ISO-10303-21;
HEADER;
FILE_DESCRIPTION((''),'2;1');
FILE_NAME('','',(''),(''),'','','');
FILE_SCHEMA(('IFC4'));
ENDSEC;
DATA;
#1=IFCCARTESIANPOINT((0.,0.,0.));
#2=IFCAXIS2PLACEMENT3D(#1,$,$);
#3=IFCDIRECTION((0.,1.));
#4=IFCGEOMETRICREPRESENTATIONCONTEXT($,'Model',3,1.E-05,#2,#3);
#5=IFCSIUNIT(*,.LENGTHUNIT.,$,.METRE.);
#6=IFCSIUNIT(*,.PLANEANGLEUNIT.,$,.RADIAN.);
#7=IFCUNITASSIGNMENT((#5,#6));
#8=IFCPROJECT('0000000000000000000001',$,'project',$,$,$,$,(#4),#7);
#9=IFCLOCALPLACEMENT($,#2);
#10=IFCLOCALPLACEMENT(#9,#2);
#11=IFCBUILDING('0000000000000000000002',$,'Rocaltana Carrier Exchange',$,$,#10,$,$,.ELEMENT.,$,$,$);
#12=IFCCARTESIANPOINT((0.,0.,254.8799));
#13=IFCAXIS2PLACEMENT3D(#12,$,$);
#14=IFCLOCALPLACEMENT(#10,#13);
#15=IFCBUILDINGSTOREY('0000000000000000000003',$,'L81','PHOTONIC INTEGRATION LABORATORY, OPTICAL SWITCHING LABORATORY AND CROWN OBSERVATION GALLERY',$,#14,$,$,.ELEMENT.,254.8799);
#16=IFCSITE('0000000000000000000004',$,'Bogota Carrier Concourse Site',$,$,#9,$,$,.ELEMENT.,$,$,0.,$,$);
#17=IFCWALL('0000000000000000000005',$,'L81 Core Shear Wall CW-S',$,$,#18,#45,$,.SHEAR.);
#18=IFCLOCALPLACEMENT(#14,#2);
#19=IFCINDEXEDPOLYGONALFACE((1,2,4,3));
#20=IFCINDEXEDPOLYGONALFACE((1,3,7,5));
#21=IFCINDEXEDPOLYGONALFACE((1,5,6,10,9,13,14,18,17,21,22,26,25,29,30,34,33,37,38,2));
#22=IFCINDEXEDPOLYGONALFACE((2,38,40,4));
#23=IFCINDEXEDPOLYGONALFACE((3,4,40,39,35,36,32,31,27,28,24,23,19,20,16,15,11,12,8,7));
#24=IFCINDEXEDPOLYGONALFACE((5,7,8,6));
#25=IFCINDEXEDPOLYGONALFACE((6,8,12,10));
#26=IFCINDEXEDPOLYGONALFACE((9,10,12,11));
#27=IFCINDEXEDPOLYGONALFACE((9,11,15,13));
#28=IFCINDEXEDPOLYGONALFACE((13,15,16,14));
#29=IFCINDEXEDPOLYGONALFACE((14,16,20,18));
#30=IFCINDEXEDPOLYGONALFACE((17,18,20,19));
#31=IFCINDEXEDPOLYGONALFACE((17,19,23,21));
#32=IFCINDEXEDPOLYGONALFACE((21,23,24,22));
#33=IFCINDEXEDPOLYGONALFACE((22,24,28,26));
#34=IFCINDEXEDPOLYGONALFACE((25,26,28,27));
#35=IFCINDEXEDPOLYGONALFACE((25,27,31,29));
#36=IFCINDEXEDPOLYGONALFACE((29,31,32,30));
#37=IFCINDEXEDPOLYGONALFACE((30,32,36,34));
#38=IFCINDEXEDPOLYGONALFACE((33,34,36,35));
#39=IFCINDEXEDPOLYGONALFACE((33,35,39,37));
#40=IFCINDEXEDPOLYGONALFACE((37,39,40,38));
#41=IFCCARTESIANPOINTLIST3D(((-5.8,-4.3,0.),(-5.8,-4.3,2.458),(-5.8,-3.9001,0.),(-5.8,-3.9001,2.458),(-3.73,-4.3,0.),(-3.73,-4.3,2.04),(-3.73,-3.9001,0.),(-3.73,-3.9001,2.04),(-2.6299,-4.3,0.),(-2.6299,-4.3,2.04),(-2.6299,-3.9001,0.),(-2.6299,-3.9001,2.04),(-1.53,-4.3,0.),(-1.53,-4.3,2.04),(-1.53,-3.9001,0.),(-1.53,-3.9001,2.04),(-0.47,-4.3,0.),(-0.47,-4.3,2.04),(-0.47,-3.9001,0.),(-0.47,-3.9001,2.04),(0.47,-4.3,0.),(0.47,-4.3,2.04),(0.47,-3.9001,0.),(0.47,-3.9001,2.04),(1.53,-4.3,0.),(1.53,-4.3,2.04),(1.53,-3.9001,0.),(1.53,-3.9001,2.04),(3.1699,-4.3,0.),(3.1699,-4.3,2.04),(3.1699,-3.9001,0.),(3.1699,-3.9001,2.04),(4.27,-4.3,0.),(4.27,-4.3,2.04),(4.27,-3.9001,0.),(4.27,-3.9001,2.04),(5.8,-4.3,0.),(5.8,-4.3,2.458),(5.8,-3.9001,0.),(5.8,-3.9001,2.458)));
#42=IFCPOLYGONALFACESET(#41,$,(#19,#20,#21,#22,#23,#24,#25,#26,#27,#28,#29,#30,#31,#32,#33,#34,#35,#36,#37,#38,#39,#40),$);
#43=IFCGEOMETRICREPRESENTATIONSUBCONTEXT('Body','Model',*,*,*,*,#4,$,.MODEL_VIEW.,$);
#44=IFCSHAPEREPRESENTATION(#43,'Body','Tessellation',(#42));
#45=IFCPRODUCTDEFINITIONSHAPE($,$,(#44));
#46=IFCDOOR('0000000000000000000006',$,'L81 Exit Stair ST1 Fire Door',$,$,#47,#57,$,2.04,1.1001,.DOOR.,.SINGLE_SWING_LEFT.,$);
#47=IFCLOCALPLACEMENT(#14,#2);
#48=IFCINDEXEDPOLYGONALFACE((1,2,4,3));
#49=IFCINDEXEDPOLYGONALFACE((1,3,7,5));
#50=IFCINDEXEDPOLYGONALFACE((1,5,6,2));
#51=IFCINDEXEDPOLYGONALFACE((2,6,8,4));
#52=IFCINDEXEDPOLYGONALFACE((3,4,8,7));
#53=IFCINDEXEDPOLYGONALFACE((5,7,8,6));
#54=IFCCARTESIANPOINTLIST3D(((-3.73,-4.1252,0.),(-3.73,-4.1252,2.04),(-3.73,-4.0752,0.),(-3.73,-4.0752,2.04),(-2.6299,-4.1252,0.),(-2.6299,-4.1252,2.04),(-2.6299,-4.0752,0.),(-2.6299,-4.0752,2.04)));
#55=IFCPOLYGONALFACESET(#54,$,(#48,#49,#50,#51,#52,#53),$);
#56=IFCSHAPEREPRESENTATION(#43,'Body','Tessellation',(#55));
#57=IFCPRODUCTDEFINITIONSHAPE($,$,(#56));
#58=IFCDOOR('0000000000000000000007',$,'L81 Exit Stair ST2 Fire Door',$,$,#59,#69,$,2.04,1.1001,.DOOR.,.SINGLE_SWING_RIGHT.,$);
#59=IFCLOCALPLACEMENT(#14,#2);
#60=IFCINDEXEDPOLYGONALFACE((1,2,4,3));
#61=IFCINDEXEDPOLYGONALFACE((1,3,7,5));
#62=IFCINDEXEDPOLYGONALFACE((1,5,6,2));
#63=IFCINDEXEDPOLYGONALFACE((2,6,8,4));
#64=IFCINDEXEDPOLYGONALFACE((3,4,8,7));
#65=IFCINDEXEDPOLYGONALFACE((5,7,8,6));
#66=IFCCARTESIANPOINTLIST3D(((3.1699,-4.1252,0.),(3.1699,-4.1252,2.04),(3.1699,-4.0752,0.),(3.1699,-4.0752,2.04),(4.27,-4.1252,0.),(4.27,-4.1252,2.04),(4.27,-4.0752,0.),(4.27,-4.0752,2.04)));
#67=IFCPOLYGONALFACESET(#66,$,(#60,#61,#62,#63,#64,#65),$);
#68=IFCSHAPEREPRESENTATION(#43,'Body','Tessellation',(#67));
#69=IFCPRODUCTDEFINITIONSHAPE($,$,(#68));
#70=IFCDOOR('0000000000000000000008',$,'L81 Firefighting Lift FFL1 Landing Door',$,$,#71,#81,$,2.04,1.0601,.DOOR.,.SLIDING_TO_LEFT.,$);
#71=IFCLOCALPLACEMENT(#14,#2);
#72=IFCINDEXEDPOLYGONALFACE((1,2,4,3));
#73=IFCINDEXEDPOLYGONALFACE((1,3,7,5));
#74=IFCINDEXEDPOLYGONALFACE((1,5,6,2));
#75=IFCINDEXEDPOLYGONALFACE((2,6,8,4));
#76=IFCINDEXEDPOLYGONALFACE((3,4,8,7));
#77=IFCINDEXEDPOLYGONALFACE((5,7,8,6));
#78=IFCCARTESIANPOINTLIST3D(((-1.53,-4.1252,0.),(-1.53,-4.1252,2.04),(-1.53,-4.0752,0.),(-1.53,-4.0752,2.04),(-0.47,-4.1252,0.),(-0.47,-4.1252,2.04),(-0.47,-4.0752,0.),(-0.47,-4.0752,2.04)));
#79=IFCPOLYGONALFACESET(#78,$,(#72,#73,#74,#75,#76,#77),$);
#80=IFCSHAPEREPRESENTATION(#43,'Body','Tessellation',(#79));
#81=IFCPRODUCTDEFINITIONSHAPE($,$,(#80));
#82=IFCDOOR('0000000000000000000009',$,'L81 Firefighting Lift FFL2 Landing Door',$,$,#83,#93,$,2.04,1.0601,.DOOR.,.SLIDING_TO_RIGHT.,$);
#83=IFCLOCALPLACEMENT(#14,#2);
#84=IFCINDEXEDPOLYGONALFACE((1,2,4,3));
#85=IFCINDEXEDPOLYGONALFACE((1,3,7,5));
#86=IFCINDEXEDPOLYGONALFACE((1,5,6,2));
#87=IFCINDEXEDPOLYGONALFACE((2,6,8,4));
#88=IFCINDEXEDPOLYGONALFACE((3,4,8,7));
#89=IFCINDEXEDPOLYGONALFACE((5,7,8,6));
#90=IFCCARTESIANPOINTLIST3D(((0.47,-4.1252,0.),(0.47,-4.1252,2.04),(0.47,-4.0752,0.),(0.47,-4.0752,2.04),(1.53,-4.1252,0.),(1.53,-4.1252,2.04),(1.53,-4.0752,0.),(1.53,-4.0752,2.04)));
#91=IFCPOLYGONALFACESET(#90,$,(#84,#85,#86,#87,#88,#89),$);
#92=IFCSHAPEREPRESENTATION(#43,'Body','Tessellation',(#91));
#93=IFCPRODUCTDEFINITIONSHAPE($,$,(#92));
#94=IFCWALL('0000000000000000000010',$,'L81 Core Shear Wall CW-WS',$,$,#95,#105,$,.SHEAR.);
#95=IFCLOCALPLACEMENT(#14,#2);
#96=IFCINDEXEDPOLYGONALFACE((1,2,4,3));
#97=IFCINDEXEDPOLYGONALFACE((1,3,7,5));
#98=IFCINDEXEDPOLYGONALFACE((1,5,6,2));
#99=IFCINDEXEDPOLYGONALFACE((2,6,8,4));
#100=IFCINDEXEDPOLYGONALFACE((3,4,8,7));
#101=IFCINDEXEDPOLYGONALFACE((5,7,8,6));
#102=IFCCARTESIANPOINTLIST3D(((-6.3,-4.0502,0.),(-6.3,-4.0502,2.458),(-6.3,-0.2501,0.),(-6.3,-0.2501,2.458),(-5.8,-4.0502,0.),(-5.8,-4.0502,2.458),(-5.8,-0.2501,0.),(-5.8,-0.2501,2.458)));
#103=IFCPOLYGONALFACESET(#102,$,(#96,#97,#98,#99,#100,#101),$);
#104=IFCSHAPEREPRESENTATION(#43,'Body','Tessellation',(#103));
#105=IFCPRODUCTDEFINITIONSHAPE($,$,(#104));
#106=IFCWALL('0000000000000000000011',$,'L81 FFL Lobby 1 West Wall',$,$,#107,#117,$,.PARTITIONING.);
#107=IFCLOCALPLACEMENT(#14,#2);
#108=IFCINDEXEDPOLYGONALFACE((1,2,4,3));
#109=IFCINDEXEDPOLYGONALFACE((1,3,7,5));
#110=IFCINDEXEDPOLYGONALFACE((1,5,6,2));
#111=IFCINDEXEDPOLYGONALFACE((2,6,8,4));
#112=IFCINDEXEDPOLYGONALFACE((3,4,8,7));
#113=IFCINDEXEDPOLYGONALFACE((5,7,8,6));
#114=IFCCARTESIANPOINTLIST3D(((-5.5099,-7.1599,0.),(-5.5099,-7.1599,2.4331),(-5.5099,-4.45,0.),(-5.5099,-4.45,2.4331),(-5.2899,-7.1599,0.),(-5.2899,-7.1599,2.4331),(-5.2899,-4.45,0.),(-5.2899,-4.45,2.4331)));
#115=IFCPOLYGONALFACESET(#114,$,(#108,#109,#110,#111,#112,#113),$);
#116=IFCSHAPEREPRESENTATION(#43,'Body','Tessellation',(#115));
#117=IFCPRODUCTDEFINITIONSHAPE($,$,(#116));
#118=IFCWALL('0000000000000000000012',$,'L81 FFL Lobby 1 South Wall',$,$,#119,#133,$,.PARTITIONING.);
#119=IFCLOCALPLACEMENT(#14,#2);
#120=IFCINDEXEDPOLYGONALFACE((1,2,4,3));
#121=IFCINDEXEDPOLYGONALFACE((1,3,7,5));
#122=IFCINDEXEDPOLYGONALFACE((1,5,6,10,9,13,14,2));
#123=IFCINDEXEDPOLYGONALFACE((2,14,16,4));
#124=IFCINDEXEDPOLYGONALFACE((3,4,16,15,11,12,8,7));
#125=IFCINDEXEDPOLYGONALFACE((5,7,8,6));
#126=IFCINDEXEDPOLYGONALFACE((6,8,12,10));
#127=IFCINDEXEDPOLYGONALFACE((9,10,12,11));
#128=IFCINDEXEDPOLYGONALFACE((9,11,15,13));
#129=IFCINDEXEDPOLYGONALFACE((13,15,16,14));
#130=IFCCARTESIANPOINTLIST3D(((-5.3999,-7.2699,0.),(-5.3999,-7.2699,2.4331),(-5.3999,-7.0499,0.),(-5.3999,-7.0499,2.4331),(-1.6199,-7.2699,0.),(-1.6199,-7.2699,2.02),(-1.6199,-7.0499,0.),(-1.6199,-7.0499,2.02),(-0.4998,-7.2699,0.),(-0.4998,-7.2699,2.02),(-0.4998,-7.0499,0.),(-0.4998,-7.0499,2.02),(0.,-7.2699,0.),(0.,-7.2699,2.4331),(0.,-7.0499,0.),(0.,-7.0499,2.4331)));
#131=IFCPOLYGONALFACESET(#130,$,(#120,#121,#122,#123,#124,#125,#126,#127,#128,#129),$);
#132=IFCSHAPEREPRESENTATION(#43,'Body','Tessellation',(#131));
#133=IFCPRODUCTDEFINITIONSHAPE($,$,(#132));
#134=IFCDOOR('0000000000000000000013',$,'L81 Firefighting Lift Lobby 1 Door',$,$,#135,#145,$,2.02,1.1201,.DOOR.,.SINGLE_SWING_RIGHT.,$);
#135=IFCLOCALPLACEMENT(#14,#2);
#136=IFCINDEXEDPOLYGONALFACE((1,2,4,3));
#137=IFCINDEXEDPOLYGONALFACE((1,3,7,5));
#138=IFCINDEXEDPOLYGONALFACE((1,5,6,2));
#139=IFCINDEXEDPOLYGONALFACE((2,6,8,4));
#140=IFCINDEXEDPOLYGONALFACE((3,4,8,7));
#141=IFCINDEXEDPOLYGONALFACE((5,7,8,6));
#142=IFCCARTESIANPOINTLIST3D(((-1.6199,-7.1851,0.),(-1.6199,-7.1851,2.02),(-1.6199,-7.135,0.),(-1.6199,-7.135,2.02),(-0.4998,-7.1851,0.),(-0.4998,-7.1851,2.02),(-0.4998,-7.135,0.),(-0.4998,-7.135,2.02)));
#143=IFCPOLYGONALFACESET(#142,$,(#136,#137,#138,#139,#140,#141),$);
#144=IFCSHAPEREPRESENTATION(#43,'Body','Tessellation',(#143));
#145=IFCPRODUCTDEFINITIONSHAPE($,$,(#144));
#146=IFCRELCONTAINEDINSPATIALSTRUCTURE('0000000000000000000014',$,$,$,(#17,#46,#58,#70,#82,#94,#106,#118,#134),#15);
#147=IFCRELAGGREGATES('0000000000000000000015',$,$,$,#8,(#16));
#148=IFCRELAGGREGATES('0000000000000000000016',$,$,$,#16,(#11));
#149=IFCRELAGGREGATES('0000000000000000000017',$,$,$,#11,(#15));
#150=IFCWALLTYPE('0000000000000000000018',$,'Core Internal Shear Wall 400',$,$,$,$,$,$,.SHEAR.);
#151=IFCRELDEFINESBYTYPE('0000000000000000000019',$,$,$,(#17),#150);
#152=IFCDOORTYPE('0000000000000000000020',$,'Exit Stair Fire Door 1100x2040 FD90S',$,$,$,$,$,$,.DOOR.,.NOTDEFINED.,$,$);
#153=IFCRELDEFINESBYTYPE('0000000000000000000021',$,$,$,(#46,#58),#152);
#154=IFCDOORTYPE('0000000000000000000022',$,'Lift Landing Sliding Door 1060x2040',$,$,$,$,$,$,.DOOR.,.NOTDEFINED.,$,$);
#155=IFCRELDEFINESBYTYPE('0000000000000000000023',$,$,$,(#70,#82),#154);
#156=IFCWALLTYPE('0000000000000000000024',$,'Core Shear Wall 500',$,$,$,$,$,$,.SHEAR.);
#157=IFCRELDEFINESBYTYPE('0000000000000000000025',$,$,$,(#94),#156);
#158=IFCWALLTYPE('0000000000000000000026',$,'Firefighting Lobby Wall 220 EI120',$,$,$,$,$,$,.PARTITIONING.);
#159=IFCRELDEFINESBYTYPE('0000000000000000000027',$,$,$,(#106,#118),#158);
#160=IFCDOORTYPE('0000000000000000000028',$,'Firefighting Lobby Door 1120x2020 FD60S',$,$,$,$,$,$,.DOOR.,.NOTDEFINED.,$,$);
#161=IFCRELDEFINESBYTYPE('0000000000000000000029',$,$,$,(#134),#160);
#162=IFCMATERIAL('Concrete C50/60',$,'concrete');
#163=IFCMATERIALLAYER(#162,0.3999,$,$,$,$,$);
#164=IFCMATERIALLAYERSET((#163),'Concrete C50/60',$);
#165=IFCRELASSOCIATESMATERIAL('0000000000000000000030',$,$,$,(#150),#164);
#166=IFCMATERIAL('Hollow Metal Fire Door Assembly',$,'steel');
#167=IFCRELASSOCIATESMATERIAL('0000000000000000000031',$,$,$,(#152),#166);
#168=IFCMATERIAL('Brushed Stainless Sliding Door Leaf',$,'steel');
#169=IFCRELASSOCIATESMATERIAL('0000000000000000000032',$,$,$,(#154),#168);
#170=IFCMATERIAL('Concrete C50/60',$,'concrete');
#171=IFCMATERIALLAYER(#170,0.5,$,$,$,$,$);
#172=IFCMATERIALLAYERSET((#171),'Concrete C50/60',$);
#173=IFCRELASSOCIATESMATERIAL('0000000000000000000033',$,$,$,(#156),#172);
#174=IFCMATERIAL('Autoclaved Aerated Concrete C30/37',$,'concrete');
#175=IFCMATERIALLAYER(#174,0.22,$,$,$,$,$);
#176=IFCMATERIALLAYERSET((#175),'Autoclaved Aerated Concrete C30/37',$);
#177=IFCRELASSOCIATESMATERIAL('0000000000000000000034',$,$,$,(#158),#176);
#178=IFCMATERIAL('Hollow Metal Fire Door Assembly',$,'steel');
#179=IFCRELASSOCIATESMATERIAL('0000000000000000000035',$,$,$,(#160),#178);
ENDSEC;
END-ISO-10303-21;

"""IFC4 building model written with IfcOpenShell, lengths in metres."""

from ifc_helpers import new_model, si_unit, direction, frame, frame_2d, origin, place, context, subcontext, project, spatial, rectangle, extrude, material, layer, layer_set, type_object, element, fill, save


model = new_model("IFC4")

# Units and contexts
model_context = context("Model", 3, precision=1e-05, world=origin(), true_north=direction((0.0, 1.0)))
body_context = subcontext(model_context, "Body", "Model", "MODEL_VIEW")
ifc_project = project(units=[si_unit("LENGTHUNIT", "METRE"), si_unit("PLANEANGLEUNIT", "RADIAN")], contexts=[model_context])

# Site, building, storey
site_placement = place(None, origin())
site = spatial("IfcSite", under=ifc_project, at=site_placement, Name="Bogota Carrier Concourse Site", CompositionType="ELEMENT", RefElevation=0.0)
building_placement = place(site_placement, origin())
building = spatial("IfcBuilding", under=site, at=building_placement, Name="Rocaltana Carrier Exchange", CompositionType="ELEMENT")
storey_placement = place(building_placement, frame((0.0, 0.0, 254.8799)))
storey = spatial("IfcBuildingStorey", under=building, at=storey_placement, Name="L81", Description="PHOTONIC INTEGRATION LABORATORY, OPTICAL SWITCHING LABORATORY AND CROWN OBSERVATION GALLERY", CompositionType="ELEMENT", Elevation=254.8799)

# Wall, openings, doors
ifc_material_1 = material(Name="Concrete C50/60", Category="concrete")
ifc_layer_1 = layer(ifc_material_1, 0.3999)
ifc_layer_set_1 = layer_set([ifc_layer_1], Name="Concrete C50/60")
wall_type_1 = type_object("IfcWallType", Name="Core Internal Shear Wall 400", PredefinedType="SHEAR", material=ifc_layer_set_1)
wall_1_placement = place(storey_placement, frame((-5.8, -4.1001, 0.0), z_axis=(0.0, 0.0, 1.0), x_axis=(1.0, 0.0, 0.0)))
wall_1 = element("IfcWall", 1, at=wall_1_placement, inside=storey, type_object=wall_type_1, Name="L81 Core Shear Wall CW-S", PredefinedType="SHEAR", context=body_context, shape_type="SweptSolid", body=[
    extrude(rectangle(XDim=11.6001, YDim=0.3999, at=frame_2d((5.8, 0.0))), origin(), (0.0, 0.0, 1.0), 2.458),
])
opening_1_placement = place(wall_1_placement, frame((2.0701, 0.0, 0.0)))
opening_1 = element("IfcOpeningElement", 2, at=opening_1_placement, cuts=wall_1, PredefinedType="OPENING", context=body_context, shape_type="SweptSolid", body=[
    extrude(rectangle(XDim=1.1001, YDim=2.04, at=frame_2d((0.55, 1.02))), frame((0.0, 0.21, 0.0), z_axis=(0.0, -1.0, 0.0), x_axis=(1.0, 0.0, 0.0)), (0.0, 0.0, 1.0), 0.4199),
])
opening_2_placement = place(wall_1_placement, frame((8.97, 0.0, 0.0)))
opening_2 = element("IfcOpeningElement", 3, at=opening_2_placement, cuts=wall_1, PredefinedType="OPENING", context=body_context, shape_type="SweptSolid", body=[
    extrude(rectangle(XDim=1.1001, YDim=2.04, at=frame_2d((0.55, 1.02))), frame((0.0, 0.21, 0.0), z_axis=(0.0, -1.0, 0.0), x_axis=(1.0, 0.0, 0.0)), (0.0, 0.0, 1.0), 0.4199),
])
opening_3_placement = place(wall_1_placement, frame((4.27, 0.0, 0.0)))
opening_3 = element("IfcOpeningElement", 4, at=opening_3_placement, cuts=wall_1, PredefinedType="OPENING", context=body_context, shape_type="SweptSolid", body=[
    extrude(rectangle(XDim=1.0601, YDim=2.04, at=frame_2d((0.53, 1.02))), frame((0.0, 0.21, 0.0), z_axis=(0.0, -1.0, 0.0), x_axis=(1.0, 0.0, 0.0)), (0.0, 0.0, 1.0), 0.4199),
])
opening_4_placement = place(wall_1_placement, frame((6.27, 0.0, 0.0)))
opening_4 = element("IfcOpeningElement", 5, at=opening_4_placement, cuts=wall_1, PredefinedType="OPENING", context=body_context, shape_type="SweptSolid", body=[
    extrude(rectangle(XDim=1.0601, YDim=2.04, at=frame_2d((0.53, 1.02))), frame((0.0, 0.21, 0.0), z_axis=(0.0, -1.0, 0.0), x_axis=(1.0, 0.0, 0.0)), (0.0, 0.0, 1.0), 0.4199),
])
ifc_material_2 = material(Name="Hollow Metal Fire Door Assembly", Category="steel")
door_type_1 = type_object("IfcDoorType", Name="Exit Stair Fire Door 1100x2040 FD90S", OperationType="NOTDEFINED", PredefinedType="DOOR", material=ifc_material_2)
door_1_placement = place(opening_1_placement, origin())
door_1 = element("IfcDoor", 6, at=door_1_placement, inside=storey, type_object=door_type_1, Name="L81 Exit Stair ST1 Fire Door", OperationType="SINGLE_SWING_LEFT", OverallHeight=2.04, OverallWidth=1.1001, PredefinedType="DOOR", context=body_context, shape_type="SweptSolid", body=[
    extrude(rectangle(XDim=1.1001, YDim=2.04, at=frame_2d((0.55, 1.02))), frame((0.0, 0.0249, 0.0), z_axis=(0.0, -1.0, 0.0), x_axis=(1.0, 0.0, 0.0)), (0.0, 0.0, 1.0), 0.05),
])
fill(opening_1, door_1)
door_2_placement = place(opening_2_placement, origin())
door_2 = element("IfcDoor", 7, at=door_2_placement, inside=storey, type_object=door_type_1, Name="L81 Exit Stair ST2 Fire Door", OperationType="SINGLE_SWING_RIGHT", OverallHeight=2.04, OverallWidth=1.1001, PredefinedType="DOOR", context=body_context, shape_type="SweptSolid", body=[
    extrude(rectangle(XDim=1.1001, YDim=2.04, at=frame_2d((0.55, 1.02))), frame((0.0, 0.0249, 0.0), z_axis=(0.0, -1.0, 0.0), x_axis=(1.0, 0.0, 0.0)), (0.0, 0.0, 1.0), 0.05),
])
fill(opening_2, door_2)
ifc_material_3 = material(Name="Brushed Stainless Sliding Door Leaf", Category="steel")
door_type_2 = type_object("IfcDoorType", Name="Lift Landing Sliding Door 1060x2040", OperationType="NOTDEFINED", PredefinedType="DOOR", material=ifc_material_3)
door_3_placement = place(opening_3_placement, origin())
door_3 = element("IfcDoor", 8, at=door_3_placement, inside=storey, type_object=door_type_2, Name="L81 Firefighting Lift FFL1 Landing Door", OperationType="SLIDING_TO_LEFT", OverallHeight=2.04, OverallWidth=1.0601, PredefinedType="DOOR", context=body_context, shape_type="SweptSolid", body=[
    extrude(rectangle(XDim=1.0601, YDim=2.04, at=frame_2d((0.53, 1.02))), frame((0.0, 0.0249, 0.0), z_axis=(0.0, -1.0, 0.0), x_axis=(1.0, 0.0, 0.0)), (0.0, 0.0, 1.0), 0.05),
])
fill(opening_3, door_3)
door_4_placement = place(opening_4_placement, origin())
door_4 = element("IfcDoor", 9, at=door_4_placement, inside=storey, type_object=door_type_2, Name="L81 Firefighting Lift FFL2 Landing Door", OperationType="SLIDING_TO_RIGHT", OverallHeight=2.04, OverallWidth=1.0601, PredefinedType="DOOR", context=body_context, shape_type="SweptSolid", body=[
    extrude(rectangle(XDim=1.0601, YDim=2.04, at=frame_2d((0.53, 1.02))), frame((0.0, 0.0249, 0.0), z_axis=(0.0, -1.0, 0.0), x_axis=(1.0, 0.0, 0.0)), (0.0, 0.0, 1.0), 0.05),
])
fill(opening_4, door_4)

# Walls
ifc_material_4 = material(Name="Concrete C50/60", Category="concrete")
ifc_layer_2 = layer(ifc_material_4, 0.5)
ifc_layer_set_2 = layer_set([ifc_layer_2], Name="Concrete C50/60")
wall_type_2 = type_object("IfcWallType", Name="Core Shear Wall 500", PredefinedType="SHEAR", material=ifc_layer_set_2)
wall_2_placement = place(storey_placement, frame((-6.05, -4.05, 0.0), z_axis=(0.0, 0.0, 1.0), x_axis=(0.0, 1.0, 0.0)))
element("IfcWall", 10, at=wall_2_placement, inside=storey, type_object=wall_type_2, Name="L81 Core Shear Wall CW-WS", PredefinedType="SHEAR", context=body_context, shape_type="SweptSolid", body=[
    extrude(rectangle(XDim=3.8, YDim=0.5, at=frame_2d((1.8999, 0.0))), origin(), (0.0, 0.0, 1.0), 2.458),
])
ifc_material_5 = material(Name="Autoclaved Aerated Concrete C30/37", Category="concrete")
ifc_layer_3 = layer(ifc_material_5, 0.22)
ifc_layer_set_3 = layer_set([ifc_layer_3], Name="Autoclaved Aerated Concrete C30/37")
wall_type_3 = type_object("IfcWallType", Name="Firefighting Lobby Wall 220 EI120", PredefinedType="PARTITIONING", material=ifc_layer_set_3)
wall_3_placement = place(storey_placement, frame((-5.3999, -7.1599, 0.0), z_axis=(0.0, 0.0, 1.0), x_axis=(0.0, 1.0, 0.0)))
element("IfcWall", 11, at=wall_3_placement, inside=storey, type_object=wall_type_3, Name="L81 FFL Lobby 1 West Wall", PredefinedType="PARTITIONING", context=body_context, shape_type="SweptSolid", body=[
    extrude(rectangle(XDim=2.71, YDim=0.22, at=frame_2d((1.355, 0.0))), origin(), (0.0, 0.0, 1.0), 2.4331),
])

# Wall, opening, door
wall_4_placement = place(storey_placement, frame((-5.3999, -7.1599, 0.0), z_axis=(0.0, 0.0, 1.0), x_axis=(1.0, 0.0, 0.0)))
wall_4 = element("IfcWall", 12, at=wall_4_placement, inside=storey, type_object=wall_type_3, Name="L81 FFL Lobby 1 South Wall", PredefinedType="PARTITIONING", context=body_context, shape_type="SweptSolid", body=[
    extrude(rectangle(XDim=5.3999, YDim=0.22, at=frame_2d((2.7, 0.0))), origin(), (0.0, 0.0, 1.0), 2.4331),
])
opening_5_placement = place(wall_4_placement, frame((3.78, 0.0, 0.0)))
opening_5 = element("IfcOpeningElement", 13, at=opening_5_placement, cuts=wall_4, PredefinedType="OPENING", context=body_context, shape_type="SweptSolid", body=[
    extrude(rectangle(XDim=1.1201, YDim=2.02, at=frame_2d((0.5601, 1.01))), frame((0.0, 0.1199, 0.0), z_axis=(0.0, -1.0, 0.0), x_axis=(1.0, 0.0, 0.0)), (0.0, 0.0, 1.0), 0.24),
])
ifc_material_6 = material(Name="Hollow Metal Fire Door Assembly", Category="steel")
door_type_3 = type_object("IfcDoorType", Name="Firefighting Lobby Door 1120x2020 FD60S", OperationType="NOTDEFINED", PredefinedType="DOOR", material=ifc_material_6)
door_5_placement = place(opening_5_placement, origin())
door_5 = element("IfcDoor", 14, at=door_5_placement, inside=storey, type_object=door_type_3, Name="L81 Firefighting Lift Lobby 1 Door", OperationType="SINGLE_SWING_RIGHT", OverallHeight=2.02, OverallWidth=1.1201, PredefinedType="DOOR", context=body_context, shape_type="SweptSolid", body=[
    extrude(rectangle(XDim=1.1201, YDim=2.02, at=frame_2d((0.5601, 1.01))), frame((0.0, 0.0249, 0.0), z_axis=(0.0, -1.0, 0.0), x_axis=(1.0, 0.0, 0.0)), (0.0, 0.0, 1.0), 0.05),
])
fill(opening_5, door_5)

save(model, "model.ifc")
